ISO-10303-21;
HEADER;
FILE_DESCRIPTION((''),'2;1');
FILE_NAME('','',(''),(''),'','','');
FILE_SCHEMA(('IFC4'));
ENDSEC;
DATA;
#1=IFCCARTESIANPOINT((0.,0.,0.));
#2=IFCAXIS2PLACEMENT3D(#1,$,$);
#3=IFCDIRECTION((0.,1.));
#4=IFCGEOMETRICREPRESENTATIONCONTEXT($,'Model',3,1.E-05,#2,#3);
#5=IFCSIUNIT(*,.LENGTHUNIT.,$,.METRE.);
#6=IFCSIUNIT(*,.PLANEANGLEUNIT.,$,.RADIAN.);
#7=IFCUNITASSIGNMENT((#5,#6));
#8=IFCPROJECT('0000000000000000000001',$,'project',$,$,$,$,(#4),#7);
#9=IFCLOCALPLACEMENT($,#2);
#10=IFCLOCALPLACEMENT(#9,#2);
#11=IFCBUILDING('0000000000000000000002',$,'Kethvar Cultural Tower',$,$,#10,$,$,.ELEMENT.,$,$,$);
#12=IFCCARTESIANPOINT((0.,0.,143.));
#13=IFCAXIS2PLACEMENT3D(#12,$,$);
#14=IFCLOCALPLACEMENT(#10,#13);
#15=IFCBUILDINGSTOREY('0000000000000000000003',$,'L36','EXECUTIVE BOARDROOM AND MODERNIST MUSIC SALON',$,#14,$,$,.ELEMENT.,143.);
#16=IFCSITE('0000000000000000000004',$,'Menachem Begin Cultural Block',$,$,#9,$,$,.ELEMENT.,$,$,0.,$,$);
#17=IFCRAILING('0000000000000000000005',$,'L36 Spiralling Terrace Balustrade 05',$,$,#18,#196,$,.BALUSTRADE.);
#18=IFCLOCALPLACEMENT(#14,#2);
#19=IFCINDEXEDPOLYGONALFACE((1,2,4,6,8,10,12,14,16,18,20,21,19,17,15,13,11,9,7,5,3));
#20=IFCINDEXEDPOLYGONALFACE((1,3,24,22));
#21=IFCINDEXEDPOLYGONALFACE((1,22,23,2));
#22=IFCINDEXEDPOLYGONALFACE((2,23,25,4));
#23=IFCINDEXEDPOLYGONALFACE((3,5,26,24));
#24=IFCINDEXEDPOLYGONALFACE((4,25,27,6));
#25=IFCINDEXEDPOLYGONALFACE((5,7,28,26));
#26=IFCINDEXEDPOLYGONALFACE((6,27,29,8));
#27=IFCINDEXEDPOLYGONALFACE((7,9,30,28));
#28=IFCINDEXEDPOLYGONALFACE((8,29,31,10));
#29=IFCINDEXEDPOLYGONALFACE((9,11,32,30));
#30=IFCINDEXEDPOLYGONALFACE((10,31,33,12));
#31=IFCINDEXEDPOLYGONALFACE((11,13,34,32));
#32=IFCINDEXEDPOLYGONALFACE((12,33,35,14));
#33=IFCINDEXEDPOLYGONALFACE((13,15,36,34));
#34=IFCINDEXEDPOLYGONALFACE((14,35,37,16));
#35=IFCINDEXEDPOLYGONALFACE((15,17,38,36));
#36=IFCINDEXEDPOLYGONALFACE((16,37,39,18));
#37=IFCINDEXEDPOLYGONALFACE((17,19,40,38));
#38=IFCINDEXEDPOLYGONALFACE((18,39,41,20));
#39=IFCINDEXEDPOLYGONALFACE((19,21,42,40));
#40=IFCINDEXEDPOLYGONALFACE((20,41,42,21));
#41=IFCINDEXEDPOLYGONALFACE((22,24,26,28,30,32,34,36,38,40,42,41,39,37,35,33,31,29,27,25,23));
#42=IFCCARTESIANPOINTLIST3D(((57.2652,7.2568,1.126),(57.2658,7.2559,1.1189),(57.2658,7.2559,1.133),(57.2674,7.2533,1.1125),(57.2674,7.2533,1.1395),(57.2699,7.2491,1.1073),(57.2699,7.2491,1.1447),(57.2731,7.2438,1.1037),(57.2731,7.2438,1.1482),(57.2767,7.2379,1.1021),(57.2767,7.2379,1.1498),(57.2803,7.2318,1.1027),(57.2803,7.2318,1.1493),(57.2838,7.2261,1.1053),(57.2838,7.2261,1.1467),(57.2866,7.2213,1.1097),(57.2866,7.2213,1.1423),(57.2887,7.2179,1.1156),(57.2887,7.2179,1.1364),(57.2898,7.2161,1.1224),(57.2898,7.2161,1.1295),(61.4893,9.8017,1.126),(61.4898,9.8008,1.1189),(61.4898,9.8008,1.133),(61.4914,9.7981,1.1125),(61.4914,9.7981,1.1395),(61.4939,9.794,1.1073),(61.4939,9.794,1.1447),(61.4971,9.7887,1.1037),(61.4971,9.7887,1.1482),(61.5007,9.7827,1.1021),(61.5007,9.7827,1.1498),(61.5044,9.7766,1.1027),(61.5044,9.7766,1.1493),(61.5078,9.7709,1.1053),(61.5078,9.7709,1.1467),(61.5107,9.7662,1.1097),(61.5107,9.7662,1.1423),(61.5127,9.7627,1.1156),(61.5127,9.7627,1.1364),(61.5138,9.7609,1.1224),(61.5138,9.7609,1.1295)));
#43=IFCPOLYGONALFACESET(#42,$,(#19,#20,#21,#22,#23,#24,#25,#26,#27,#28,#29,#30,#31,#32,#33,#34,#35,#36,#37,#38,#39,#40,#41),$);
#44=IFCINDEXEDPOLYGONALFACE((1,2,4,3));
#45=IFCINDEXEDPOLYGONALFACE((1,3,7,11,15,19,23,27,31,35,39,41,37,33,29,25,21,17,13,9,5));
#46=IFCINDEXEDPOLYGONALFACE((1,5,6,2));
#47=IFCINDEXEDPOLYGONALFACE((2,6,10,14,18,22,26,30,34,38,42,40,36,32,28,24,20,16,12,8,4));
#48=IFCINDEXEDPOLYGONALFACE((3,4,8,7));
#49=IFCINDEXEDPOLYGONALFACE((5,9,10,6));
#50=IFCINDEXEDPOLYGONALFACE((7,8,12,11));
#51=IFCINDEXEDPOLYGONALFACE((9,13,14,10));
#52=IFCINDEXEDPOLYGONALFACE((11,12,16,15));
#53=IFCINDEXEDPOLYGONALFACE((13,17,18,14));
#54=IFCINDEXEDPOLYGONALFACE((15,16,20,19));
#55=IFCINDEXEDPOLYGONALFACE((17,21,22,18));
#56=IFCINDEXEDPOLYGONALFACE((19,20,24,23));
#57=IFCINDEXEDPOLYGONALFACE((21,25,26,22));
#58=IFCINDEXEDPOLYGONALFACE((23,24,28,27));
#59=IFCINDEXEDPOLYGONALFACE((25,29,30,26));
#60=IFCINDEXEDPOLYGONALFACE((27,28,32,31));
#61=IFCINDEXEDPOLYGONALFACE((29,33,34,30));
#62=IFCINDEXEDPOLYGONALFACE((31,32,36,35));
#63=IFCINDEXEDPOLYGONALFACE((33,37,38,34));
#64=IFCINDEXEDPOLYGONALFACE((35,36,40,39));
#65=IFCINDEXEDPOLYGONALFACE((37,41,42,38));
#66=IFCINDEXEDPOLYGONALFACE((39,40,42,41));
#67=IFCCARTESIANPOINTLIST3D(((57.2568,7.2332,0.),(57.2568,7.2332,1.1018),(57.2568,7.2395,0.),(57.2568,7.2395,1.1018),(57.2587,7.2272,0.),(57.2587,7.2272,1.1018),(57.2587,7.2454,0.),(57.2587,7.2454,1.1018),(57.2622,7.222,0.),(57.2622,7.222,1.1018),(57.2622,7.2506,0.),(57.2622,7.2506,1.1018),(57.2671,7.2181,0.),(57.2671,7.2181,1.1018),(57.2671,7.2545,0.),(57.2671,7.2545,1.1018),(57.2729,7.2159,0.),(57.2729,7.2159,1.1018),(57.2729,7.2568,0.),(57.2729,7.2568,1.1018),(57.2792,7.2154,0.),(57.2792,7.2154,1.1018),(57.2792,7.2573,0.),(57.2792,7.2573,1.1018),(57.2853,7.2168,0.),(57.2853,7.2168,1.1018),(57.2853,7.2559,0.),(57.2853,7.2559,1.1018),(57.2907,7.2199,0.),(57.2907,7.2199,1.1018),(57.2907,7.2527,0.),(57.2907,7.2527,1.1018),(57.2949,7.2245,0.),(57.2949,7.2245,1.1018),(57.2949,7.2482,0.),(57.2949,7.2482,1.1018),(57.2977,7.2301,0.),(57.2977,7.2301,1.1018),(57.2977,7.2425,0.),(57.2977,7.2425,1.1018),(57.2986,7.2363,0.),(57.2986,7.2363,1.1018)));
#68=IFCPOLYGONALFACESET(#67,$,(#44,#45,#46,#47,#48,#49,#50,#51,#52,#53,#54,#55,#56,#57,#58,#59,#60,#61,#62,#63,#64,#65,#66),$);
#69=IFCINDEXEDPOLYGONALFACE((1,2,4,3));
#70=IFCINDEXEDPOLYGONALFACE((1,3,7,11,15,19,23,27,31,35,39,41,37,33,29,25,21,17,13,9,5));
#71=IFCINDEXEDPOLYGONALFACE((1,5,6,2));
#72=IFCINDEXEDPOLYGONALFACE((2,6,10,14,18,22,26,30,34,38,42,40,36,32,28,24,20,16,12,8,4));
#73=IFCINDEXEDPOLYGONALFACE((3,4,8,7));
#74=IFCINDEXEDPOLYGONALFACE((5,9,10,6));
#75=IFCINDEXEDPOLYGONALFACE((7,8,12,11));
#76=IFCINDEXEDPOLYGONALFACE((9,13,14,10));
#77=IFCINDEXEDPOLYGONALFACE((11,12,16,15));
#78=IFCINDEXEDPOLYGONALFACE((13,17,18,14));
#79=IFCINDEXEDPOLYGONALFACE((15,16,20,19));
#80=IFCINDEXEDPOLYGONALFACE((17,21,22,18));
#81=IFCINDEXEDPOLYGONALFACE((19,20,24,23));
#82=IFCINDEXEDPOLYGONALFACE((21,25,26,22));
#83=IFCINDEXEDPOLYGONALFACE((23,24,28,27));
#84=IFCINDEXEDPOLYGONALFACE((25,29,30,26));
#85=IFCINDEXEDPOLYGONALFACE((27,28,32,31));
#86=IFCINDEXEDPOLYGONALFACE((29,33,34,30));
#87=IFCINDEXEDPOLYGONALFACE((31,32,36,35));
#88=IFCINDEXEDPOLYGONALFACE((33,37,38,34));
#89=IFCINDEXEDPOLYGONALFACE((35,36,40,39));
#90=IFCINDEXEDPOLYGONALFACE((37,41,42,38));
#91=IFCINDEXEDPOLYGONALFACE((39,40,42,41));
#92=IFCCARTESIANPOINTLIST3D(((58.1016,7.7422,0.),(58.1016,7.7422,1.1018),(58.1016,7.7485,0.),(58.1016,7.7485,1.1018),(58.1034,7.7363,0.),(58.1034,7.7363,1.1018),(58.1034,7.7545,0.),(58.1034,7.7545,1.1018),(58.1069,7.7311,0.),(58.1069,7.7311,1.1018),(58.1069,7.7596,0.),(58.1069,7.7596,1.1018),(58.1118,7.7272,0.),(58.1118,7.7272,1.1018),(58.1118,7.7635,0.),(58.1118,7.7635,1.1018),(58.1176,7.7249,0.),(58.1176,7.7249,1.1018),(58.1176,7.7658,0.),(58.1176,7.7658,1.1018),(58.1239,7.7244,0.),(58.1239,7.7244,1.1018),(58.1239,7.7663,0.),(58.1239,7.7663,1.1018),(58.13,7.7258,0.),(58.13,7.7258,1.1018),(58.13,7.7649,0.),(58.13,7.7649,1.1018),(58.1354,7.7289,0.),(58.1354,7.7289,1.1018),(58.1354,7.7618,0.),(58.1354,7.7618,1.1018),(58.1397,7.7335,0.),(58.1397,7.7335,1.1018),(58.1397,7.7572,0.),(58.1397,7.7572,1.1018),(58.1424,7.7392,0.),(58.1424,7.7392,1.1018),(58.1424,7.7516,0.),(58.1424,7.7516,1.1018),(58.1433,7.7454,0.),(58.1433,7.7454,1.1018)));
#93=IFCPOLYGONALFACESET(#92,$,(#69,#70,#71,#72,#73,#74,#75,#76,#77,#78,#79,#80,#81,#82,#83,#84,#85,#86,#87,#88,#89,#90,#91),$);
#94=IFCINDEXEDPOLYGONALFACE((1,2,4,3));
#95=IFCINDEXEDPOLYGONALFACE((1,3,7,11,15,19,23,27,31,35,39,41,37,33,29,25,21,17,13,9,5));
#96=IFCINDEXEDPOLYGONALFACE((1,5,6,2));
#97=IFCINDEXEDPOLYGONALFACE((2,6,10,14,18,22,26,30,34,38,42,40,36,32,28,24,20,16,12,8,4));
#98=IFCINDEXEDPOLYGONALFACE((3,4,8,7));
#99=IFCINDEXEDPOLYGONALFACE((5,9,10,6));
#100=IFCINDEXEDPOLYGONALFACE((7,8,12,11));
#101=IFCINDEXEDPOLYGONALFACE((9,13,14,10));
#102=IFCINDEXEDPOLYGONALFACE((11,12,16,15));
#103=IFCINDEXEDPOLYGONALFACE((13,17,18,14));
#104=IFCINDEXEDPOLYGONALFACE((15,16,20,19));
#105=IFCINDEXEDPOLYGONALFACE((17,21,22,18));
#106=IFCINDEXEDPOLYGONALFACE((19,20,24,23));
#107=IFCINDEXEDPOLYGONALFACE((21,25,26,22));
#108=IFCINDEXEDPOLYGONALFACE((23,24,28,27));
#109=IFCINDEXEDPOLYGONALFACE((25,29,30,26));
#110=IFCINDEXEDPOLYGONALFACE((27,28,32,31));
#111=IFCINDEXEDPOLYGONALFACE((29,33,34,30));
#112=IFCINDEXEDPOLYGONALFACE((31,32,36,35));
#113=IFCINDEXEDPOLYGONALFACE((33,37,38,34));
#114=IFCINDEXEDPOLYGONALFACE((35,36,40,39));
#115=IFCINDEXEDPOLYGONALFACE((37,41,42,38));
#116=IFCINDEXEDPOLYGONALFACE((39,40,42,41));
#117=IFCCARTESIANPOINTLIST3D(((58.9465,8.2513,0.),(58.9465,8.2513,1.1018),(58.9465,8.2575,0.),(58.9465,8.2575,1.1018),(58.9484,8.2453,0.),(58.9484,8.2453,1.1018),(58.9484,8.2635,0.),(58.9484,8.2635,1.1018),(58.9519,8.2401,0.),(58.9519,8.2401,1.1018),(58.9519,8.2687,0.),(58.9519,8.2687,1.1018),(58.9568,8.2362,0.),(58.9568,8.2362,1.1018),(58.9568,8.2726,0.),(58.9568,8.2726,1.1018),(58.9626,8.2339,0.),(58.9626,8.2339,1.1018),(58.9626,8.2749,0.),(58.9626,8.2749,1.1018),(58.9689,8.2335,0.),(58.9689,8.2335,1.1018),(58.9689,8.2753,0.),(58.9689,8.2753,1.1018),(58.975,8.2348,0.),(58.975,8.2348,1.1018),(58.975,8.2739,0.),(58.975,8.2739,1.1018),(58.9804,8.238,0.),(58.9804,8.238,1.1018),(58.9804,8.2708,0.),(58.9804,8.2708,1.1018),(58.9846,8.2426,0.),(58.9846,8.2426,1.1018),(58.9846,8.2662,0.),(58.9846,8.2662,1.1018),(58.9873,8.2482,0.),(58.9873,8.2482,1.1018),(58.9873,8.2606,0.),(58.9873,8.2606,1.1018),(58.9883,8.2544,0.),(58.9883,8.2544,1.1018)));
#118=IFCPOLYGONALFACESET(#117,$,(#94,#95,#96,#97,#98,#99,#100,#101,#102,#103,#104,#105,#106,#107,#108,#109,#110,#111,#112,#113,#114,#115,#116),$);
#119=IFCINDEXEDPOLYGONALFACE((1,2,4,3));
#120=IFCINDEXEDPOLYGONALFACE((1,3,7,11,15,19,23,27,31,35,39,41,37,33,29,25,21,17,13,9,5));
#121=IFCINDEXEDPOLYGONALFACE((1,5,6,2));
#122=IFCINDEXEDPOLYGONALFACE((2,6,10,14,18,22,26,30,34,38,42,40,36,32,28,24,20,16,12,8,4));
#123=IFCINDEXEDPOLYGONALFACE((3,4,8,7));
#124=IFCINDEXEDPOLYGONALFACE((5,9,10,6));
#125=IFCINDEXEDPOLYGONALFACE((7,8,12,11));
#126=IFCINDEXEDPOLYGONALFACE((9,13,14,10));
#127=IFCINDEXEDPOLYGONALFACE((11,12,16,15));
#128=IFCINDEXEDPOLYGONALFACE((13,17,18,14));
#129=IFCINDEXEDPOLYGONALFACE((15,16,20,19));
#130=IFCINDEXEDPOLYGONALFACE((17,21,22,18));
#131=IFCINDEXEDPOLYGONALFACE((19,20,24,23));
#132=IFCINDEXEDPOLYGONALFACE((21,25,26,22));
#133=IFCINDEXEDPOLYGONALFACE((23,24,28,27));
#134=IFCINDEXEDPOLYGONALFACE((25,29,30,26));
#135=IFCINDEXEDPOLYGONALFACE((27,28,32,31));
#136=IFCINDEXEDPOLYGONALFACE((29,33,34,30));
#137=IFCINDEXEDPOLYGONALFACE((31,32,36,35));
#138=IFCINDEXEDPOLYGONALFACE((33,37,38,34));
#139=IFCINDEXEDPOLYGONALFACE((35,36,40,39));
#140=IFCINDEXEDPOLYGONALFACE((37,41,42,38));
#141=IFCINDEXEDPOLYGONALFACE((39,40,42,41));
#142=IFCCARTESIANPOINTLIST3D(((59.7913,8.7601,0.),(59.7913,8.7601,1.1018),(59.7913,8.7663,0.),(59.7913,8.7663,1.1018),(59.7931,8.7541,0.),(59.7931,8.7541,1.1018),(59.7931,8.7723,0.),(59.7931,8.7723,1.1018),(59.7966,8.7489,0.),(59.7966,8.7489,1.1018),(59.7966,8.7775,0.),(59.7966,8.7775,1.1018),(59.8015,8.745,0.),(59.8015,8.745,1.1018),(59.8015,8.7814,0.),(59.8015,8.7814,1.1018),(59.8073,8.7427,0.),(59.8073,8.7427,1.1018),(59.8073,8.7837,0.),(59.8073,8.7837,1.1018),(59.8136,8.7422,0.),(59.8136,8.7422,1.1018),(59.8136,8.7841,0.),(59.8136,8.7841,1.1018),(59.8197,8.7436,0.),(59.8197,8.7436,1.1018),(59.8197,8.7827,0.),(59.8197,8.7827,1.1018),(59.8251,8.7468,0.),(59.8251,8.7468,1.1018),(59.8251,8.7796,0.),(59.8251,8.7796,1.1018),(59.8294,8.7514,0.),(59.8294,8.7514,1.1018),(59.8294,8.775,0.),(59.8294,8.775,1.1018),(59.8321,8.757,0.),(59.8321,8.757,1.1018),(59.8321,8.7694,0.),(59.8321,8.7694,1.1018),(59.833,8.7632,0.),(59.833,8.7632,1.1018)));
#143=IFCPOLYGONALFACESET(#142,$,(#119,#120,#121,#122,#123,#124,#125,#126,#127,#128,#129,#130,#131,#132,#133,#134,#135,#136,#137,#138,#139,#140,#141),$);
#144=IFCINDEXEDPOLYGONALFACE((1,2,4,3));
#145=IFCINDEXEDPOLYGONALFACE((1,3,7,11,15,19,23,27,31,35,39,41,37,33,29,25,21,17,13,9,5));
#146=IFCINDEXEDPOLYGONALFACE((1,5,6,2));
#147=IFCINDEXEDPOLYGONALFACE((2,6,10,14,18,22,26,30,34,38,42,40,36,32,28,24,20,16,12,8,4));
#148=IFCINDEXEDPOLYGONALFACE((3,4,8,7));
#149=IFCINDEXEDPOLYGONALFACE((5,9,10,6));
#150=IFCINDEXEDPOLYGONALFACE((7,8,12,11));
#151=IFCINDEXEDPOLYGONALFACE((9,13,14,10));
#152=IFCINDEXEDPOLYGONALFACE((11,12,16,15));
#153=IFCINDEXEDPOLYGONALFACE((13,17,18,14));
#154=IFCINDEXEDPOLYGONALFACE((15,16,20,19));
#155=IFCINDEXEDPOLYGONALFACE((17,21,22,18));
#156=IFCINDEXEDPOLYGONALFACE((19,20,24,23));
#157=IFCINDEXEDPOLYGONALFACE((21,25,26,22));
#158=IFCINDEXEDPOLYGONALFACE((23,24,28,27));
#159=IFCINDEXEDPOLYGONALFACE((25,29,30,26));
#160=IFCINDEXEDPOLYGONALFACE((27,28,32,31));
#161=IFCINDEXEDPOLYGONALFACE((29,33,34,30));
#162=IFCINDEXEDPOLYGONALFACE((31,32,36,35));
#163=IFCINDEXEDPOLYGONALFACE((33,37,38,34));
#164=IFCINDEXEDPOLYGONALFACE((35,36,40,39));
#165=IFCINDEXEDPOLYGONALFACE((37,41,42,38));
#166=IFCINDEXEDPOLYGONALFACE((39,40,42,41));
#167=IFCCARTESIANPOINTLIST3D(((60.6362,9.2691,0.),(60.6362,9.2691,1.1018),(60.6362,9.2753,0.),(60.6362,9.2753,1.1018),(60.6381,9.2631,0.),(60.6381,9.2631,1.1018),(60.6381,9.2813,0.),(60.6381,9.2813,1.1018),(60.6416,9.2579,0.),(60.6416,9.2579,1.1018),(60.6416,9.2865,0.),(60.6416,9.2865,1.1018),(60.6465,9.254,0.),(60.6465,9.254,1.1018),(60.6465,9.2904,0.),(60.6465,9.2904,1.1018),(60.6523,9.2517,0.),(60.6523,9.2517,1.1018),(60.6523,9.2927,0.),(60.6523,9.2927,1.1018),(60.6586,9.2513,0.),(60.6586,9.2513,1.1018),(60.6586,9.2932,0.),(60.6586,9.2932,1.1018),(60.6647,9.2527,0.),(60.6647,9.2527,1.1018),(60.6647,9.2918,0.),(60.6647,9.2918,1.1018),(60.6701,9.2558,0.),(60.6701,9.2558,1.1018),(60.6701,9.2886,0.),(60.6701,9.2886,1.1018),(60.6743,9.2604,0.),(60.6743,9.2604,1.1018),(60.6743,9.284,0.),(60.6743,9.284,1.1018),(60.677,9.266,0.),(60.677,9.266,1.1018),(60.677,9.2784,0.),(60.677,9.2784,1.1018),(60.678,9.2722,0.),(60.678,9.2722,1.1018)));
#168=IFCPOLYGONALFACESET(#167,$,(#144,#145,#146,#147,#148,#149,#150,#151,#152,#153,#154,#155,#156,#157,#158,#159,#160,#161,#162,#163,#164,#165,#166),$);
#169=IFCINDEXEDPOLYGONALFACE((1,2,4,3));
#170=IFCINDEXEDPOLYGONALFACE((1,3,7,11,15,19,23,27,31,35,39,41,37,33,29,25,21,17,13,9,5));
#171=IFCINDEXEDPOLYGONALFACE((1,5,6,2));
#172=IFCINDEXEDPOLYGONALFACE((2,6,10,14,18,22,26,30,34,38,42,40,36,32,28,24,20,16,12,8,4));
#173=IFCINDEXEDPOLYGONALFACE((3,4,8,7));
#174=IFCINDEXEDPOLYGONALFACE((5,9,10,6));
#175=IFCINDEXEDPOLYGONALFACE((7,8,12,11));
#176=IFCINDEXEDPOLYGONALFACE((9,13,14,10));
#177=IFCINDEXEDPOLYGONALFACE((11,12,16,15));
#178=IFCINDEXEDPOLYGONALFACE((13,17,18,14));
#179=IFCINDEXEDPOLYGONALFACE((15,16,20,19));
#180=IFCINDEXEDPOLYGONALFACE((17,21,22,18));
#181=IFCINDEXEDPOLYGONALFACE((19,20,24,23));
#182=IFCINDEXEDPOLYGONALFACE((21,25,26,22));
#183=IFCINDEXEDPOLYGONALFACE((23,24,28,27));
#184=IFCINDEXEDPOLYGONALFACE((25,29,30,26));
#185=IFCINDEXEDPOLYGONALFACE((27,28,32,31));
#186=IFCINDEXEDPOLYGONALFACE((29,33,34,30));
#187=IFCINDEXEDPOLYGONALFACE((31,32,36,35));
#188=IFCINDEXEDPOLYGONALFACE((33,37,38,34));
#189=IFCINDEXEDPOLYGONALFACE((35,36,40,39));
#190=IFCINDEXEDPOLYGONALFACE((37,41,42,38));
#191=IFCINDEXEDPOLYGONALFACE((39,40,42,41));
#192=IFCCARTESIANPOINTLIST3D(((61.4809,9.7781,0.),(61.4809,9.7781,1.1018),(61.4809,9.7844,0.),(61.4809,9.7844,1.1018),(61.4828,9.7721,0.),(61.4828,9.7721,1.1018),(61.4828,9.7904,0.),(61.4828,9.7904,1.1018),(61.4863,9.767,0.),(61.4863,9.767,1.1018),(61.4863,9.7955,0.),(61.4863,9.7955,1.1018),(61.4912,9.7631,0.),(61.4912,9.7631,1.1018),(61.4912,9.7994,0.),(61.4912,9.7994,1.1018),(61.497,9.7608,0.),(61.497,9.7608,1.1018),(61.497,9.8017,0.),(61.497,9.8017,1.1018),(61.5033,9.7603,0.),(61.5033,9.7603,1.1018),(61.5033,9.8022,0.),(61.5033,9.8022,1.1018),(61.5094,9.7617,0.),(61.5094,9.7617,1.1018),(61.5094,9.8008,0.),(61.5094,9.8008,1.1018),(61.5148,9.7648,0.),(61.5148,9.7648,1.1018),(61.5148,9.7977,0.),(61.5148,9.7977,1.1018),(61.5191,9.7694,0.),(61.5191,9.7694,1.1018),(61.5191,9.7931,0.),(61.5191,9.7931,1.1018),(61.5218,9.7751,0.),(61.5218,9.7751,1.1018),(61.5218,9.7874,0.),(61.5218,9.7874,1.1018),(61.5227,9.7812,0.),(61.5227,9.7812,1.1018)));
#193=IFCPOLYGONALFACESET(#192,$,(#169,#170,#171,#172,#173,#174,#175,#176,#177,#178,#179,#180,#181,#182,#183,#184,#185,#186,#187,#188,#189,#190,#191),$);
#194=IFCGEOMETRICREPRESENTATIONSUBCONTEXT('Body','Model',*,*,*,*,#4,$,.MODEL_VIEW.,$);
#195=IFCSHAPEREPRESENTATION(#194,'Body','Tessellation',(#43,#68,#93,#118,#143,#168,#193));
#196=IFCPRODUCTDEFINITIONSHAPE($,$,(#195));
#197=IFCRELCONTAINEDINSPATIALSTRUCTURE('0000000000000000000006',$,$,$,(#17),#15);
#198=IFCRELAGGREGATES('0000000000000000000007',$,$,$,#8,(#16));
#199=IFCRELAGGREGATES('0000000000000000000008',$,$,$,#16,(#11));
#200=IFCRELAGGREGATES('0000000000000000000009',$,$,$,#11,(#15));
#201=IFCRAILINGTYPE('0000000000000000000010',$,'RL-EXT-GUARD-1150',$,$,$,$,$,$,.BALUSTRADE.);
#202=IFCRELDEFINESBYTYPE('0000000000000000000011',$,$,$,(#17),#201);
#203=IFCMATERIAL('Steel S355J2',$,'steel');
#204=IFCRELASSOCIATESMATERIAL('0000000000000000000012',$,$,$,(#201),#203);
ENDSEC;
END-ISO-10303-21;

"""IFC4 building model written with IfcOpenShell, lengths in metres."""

from ifc_helpers import new_model, si_unit, direction, frame, origin, origin_2d, place, context, subcontext, project, spatial, circle, extrude, material, type_object, element, save


model = new_model("IFC4")

# Units and contexts
model_context = context("Model", 3, precision=1e-05, world=origin(), true_north=direction((0.0, 1.0)))
body_context = subcontext(model_context, "Body", "Model", "MODEL_VIEW")
ifc_project = project(units=[si_unit("LENGTHUNIT", "METRE"), si_unit("PLANEANGLEUNIT", "RADIAN")], contexts=[model_context])

# Site, building, storey
site_placement = place(None, origin())
site = spatial("IfcSite", under=ifc_project, at=site_placement, Name="Menachem Begin Cultural Block", CompositionType="ELEMENT", RefElevation=0.0)
building_placement = place(site_placement, origin())
building = spatial("IfcBuilding", under=site, at=building_placement, Name="Kethvar Cultural Tower", CompositionType="ELEMENT")
storey_placement = place(building_placement, frame((0.0, 0.0, 143.0)))
storey = spatial("IfcBuildingStorey", under=building, at=storey_placement, Name="L36", Description="EXECUTIVE BOARDROOM AND MODERNIST MUSIC SALON", CompositionType="ELEMENT", Elevation=143.0)

# Shared definitions
ifc_material_1 = material(Name="Steel S355J2", Category="steel")

# Railing
railing_type = type_object("IfcRailingType", Name="RL-EXT-GUARD-1150", PredefinedType="BALUSTRADE", material=ifc_material_1)
railing_1_placement = place(storey_placement, frame((57.2776, 7.2363, 0.0)))
element("IfcRailing", 1, at=railing_1_placement, inside=storey, type_object=railing_type, Name="L36 Spiralling Terrace Balustrade 05", PredefinedType="BALUSTRADE", context=body_context, shape_type="SweptSolid", body=[
    extrude(circle(Radius=0.0239, at=origin_2d()), frame((0.0, 0.0, 1.126), z_axis=(0.856557, 0.516053, 0.0), x_axis=(-0.516053, 0.856557, 0.0)), (0.0, 0.0, 1.0), 4.9314),
    extrude(circle(Radius=0.021, at=origin_2d()), origin(), (0.0, 0.0, 1.0), 1.1018),
    extrude(circle(Radius=0.021, at=origin_2d()), frame((0.8447, 0.509, 0.0)), (0.0, 0.0, 1.0), 1.1018),
    extrude(circle(Radius=0.021, at=origin_2d()), frame((1.6897, 1.0181, 0.0)), (0.0, 0.0, 1.0), 1.1018),
    extrude(circle(Radius=0.021, at=origin_2d()), frame((2.5344, 1.5269, 0.0)), (0.0, 0.0, 1.0), 1.1018),
    extrude(circle(Radius=0.021, at=origin_2d()), frame((3.3794, 2.0359, 0.0)), (0.0, 0.0, 1.0), 1.1018),
    extrude(circle(Radius=0.021, at=origin_2d()), frame((4.2241, 2.5449, 0.0)), (0.0, 0.0, 1.0), 1.1018),
])

save(model, "model.ifc")
